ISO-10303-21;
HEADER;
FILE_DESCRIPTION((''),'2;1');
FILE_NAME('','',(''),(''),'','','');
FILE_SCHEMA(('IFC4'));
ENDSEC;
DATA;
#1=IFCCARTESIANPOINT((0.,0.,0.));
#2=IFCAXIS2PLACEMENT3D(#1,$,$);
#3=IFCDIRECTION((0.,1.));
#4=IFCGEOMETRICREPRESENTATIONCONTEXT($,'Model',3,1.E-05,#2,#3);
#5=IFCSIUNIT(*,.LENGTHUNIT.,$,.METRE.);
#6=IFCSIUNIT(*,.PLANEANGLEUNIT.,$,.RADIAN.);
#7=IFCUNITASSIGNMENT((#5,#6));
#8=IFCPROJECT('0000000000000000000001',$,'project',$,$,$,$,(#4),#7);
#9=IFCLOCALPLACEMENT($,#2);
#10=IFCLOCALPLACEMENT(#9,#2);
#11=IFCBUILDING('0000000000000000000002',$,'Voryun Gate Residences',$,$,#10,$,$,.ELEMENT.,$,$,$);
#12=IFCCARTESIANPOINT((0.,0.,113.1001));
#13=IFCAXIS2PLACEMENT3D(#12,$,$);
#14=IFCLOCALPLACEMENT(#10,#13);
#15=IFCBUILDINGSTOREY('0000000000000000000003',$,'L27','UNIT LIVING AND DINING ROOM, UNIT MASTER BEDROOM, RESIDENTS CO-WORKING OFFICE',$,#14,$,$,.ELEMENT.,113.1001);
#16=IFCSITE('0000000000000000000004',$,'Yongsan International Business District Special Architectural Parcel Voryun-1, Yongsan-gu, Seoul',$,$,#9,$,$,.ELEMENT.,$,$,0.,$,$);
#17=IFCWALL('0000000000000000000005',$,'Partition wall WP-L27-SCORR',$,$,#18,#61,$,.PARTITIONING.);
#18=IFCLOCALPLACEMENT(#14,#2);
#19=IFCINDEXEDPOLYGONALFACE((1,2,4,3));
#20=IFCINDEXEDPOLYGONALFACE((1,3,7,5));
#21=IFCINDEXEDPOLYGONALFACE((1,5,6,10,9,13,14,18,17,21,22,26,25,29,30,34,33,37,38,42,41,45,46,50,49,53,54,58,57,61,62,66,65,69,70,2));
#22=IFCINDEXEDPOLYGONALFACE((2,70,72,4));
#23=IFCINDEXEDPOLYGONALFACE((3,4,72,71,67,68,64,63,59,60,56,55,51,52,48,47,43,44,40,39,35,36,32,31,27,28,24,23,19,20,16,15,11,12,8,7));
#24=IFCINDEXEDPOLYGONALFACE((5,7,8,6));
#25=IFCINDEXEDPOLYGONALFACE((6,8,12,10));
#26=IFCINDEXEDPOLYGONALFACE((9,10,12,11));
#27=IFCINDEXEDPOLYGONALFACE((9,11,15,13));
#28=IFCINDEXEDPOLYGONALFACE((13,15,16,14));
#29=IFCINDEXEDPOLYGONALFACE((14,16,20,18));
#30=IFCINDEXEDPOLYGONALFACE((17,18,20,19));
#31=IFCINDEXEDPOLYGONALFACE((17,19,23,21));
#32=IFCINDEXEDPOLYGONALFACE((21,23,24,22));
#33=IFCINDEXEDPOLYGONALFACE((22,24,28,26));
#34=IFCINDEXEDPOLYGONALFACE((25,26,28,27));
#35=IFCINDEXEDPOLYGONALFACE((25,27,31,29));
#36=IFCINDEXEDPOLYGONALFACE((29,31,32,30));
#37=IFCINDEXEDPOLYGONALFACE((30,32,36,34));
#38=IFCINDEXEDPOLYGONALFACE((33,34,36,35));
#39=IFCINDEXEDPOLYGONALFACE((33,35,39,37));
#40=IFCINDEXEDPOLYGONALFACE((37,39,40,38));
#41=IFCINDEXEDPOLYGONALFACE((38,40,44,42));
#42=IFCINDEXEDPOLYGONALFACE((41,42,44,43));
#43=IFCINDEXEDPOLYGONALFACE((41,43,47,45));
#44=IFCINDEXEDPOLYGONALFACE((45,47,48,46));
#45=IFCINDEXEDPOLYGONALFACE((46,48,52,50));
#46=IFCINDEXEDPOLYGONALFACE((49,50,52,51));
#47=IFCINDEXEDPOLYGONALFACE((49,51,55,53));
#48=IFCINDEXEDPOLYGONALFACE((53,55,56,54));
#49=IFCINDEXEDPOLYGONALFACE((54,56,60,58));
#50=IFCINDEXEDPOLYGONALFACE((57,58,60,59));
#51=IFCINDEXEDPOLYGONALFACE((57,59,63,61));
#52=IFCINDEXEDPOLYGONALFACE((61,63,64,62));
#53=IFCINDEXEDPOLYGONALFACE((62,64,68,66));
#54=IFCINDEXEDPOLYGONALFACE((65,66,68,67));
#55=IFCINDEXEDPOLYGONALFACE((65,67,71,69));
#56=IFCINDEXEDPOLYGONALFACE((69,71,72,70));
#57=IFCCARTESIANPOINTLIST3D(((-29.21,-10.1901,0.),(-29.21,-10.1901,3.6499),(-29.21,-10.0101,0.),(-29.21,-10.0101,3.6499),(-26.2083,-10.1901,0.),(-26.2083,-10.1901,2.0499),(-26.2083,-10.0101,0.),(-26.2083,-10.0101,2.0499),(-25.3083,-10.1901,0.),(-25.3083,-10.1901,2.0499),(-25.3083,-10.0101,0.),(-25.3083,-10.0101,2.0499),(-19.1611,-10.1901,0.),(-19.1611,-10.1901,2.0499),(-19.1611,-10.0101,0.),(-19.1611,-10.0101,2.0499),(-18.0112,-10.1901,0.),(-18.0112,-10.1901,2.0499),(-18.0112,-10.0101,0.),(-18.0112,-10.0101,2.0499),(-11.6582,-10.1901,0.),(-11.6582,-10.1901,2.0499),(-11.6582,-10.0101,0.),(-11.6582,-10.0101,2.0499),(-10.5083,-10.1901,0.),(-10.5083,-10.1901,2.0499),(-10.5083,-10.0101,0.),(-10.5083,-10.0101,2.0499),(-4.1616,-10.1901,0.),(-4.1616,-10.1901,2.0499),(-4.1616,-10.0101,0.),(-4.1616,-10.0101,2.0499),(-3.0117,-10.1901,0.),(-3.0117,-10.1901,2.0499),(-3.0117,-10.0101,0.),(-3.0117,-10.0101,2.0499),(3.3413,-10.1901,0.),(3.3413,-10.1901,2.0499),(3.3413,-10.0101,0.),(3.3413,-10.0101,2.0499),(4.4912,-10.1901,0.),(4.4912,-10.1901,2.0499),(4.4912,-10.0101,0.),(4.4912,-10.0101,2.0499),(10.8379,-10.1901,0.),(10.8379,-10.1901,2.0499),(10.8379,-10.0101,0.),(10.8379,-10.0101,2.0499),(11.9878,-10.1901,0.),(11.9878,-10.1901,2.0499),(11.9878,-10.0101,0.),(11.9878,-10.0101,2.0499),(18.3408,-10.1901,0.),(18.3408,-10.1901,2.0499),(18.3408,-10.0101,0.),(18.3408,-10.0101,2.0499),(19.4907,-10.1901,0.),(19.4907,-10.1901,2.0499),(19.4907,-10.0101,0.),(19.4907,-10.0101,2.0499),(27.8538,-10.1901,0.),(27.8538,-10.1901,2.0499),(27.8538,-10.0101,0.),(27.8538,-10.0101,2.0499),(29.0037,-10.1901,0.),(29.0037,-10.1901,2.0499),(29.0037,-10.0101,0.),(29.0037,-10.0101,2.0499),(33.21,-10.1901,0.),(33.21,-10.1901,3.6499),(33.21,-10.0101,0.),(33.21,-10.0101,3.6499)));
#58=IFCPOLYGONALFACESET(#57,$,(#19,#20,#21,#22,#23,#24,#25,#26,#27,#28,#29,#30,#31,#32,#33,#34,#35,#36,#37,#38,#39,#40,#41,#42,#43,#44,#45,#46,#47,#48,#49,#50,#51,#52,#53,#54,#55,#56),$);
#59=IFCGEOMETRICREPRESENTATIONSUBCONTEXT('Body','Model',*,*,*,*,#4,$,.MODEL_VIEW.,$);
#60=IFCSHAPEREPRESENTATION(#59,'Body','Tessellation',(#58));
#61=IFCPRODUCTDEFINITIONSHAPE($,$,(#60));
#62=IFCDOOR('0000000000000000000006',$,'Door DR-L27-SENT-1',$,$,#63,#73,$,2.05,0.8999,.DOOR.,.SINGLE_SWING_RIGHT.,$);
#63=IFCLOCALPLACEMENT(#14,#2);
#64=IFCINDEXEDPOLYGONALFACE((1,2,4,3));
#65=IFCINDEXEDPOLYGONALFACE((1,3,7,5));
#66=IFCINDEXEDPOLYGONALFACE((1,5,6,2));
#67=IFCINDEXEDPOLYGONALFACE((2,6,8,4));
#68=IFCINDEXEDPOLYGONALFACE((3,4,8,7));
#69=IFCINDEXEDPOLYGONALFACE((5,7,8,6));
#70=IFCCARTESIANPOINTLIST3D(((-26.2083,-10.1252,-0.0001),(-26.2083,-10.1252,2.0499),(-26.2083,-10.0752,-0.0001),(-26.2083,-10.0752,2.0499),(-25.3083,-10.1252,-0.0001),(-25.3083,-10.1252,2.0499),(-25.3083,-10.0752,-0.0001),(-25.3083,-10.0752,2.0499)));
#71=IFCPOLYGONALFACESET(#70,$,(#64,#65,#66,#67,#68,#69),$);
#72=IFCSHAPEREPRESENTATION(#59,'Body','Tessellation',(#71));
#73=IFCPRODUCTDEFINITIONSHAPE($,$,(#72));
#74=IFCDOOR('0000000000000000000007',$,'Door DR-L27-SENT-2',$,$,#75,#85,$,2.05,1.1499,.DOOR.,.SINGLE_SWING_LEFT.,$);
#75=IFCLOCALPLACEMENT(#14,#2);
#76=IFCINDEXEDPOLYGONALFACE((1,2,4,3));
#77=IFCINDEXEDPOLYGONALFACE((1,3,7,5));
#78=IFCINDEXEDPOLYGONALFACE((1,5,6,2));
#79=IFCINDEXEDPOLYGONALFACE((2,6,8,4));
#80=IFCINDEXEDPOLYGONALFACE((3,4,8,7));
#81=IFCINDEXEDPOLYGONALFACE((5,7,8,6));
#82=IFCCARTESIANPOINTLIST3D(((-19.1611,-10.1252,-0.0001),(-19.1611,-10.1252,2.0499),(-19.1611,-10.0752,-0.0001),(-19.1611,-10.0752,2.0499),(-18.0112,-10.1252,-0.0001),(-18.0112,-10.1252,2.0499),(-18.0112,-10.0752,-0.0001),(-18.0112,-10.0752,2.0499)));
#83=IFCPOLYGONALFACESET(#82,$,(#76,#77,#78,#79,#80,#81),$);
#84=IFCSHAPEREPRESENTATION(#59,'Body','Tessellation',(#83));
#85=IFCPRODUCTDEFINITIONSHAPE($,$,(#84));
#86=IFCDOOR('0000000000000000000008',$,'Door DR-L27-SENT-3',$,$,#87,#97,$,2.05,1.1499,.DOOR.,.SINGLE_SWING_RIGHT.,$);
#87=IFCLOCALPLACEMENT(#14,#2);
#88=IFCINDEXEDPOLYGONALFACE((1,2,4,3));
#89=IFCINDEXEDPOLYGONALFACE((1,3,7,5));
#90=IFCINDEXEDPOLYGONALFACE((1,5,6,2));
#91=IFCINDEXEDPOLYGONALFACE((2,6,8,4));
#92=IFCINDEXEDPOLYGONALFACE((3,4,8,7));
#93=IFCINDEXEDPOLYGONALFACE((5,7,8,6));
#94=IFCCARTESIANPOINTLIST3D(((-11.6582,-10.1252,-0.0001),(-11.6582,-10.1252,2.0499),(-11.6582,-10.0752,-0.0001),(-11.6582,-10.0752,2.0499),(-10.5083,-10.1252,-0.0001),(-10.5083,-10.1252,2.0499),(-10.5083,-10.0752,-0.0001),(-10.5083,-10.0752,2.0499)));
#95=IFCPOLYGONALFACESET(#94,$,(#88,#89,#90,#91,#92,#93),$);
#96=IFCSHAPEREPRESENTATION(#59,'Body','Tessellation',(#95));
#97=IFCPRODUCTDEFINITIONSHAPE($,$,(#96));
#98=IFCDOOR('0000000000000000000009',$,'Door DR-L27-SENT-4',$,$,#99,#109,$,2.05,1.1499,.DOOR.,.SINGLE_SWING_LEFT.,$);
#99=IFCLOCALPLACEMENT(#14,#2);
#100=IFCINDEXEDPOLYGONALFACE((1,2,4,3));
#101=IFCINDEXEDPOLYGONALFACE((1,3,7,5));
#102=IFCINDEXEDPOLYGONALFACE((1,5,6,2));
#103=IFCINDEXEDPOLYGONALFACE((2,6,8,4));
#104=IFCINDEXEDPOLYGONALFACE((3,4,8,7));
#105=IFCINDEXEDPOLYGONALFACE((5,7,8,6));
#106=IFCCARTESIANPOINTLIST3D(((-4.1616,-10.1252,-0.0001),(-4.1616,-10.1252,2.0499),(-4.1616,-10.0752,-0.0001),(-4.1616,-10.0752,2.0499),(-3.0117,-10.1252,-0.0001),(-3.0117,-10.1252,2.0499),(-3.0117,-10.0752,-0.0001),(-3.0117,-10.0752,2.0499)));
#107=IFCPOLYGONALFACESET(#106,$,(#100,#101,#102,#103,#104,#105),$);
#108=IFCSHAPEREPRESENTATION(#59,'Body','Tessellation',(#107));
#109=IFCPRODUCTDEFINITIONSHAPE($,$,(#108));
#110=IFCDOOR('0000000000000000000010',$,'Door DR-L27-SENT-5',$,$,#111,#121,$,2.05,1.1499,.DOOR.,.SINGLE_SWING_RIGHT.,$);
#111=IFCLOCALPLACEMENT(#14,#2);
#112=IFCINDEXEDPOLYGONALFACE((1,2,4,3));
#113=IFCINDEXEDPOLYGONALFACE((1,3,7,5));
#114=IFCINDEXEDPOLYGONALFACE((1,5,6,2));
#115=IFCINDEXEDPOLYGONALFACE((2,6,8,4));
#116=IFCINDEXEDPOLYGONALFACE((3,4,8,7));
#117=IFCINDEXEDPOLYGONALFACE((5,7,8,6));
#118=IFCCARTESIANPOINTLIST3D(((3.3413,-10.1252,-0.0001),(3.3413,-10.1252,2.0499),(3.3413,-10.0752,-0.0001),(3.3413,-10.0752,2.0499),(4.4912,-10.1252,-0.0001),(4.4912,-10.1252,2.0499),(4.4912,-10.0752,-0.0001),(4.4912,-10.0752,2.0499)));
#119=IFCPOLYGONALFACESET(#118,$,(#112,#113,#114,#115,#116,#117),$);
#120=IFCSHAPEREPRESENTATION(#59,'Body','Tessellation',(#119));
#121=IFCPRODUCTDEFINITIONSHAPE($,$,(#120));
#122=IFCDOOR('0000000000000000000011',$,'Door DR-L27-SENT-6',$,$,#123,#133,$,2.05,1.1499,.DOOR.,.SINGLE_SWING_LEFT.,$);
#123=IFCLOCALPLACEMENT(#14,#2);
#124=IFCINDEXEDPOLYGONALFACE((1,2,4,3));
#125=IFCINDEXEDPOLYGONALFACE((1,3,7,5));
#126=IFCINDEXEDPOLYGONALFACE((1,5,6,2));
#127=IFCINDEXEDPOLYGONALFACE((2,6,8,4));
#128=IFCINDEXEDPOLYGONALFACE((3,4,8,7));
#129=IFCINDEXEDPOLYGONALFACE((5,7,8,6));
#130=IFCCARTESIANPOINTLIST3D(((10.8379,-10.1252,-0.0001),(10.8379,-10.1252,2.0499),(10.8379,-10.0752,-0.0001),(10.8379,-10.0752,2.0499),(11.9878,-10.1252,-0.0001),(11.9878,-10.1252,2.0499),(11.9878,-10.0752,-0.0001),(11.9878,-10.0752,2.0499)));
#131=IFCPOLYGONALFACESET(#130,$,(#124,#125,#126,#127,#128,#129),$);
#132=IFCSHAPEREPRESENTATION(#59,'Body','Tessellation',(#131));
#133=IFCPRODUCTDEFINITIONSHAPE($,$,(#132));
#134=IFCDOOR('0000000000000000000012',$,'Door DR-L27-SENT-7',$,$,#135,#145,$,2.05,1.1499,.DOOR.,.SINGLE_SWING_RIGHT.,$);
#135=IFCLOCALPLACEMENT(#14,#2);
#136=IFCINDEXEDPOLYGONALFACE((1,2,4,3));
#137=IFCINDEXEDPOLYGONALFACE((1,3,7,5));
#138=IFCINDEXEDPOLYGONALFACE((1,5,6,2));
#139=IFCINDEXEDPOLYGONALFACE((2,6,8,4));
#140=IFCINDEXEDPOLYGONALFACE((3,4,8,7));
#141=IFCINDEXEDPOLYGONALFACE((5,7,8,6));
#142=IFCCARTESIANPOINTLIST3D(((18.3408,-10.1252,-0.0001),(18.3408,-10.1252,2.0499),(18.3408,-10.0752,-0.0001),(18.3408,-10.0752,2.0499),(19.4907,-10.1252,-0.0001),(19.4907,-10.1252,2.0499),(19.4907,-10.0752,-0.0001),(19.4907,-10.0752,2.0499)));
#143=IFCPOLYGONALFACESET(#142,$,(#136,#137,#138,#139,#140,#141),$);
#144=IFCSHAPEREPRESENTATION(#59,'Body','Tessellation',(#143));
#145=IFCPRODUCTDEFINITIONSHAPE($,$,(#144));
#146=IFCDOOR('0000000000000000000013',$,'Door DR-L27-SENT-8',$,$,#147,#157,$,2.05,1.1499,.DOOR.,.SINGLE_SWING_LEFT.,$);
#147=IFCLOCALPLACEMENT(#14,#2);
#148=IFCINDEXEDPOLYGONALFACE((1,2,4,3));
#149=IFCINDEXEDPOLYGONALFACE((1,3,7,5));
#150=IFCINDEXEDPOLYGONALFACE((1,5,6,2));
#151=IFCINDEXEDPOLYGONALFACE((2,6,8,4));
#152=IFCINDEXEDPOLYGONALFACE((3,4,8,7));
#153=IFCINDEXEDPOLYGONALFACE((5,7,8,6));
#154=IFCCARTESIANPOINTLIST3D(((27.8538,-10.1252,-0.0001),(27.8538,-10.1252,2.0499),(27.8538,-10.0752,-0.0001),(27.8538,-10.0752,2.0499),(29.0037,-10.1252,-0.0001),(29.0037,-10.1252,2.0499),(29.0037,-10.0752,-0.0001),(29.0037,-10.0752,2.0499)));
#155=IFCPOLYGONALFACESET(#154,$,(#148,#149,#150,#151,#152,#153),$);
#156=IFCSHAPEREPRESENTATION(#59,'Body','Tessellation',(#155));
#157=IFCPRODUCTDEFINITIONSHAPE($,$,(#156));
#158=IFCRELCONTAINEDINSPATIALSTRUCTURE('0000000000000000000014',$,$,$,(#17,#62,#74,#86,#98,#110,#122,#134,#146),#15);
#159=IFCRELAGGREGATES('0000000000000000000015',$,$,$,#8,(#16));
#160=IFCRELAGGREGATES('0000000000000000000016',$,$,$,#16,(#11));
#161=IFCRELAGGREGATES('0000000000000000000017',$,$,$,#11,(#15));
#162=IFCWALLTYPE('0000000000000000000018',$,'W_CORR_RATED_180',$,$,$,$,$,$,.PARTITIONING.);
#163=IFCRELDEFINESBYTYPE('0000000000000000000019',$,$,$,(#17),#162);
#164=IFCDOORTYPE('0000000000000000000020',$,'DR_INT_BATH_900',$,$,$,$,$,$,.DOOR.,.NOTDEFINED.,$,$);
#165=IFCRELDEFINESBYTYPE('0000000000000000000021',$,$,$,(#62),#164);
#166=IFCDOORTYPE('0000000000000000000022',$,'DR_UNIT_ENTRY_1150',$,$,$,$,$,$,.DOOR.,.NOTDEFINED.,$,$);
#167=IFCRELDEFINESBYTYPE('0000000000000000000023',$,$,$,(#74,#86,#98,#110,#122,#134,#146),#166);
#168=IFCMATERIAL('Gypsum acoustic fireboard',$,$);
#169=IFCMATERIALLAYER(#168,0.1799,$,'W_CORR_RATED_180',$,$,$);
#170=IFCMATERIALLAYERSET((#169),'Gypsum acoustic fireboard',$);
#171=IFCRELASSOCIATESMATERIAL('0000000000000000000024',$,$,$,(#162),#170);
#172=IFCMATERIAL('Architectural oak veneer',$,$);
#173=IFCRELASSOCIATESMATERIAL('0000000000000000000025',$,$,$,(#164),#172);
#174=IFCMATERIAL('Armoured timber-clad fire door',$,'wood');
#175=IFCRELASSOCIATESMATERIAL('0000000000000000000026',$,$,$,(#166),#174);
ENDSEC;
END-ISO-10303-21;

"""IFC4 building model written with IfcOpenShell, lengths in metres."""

from ifc_helpers import new_model, si_unit, direction, frame, frame_2d, origin, place, context, subcontext, project, spatial, rectangle, extrude, material, layer, layer_set, type_object, element, fill, save


model = new_model("IFC4")

# Units and contexts
model_context = context("Model", 3, precision=1e-05, world=origin(), true_north=direction((0.0, 1.0)))
body_context = subcontext(model_context, "Body", "Model", "MODEL_VIEW")
ifc_project = project(units=[si_unit("LENGTHUNIT", "METRE"), si_unit("PLANEANGLEUNIT", "RADIAN")], contexts=[model_context])

# Site, building, storey
site_placement = place(None, origin())
site = spatial("IfcSite", under=ifc_project, at=site_placement, Name="Yongsan International Business District Special Architectural Parcel Voryun-1, Yongsan-gu, Seoul", CompositionType="ELEMENT", RefElevation=0.0)
building_placement = place(site_placement, origin())
building = spatial("IfcBuilding", under=site, at=building_placement, Name="Voryun Gate Residences", CompositionType="ELEMENT")
storey_placement = place(building_placement, frame((0.0, 0.0, 113.1001)))
storey = spatial("IfcBuildingStorey", under=building, at=storey_placement, Name="L27", Description="UNIT LIVING AND DINING ROOM, UNIT MASTER BEDROOM, RESIDENTS CO-WORKING OFFICE", CompositionType="ELEMENT", Elevation=113.1001)

# Shared definitions
ifc_material_1 = material(Name="Gypsum acoustic fireboard")
ifc_layer_1 = layer(ifc_material_1, 0.1799, Name="W_CORR_RATED_180")
ifc_layer_set_1 = layer_set([ifc_layer_1], Name="Gypsum acoustic fireboard")
wall_type_1 = type_object("IfcWallType", Name="W_CORR_RATED_180", PredefinedType="PARTITIONING", material=ifc_layer_set_1)

# Wall, openings, doors
wall_1_placement = place(storey_placement, frame((-29.21, -10.1001, 0.0), z_axis=(0.0, 0.0, 1.0), x_axis=(1.0, 0.0, 0.0)))
wall_1 = element("IfcWall", 1, at=wall_1_placement, inside=storey, type_object=wall_type_1, Name="Partition wall WP-L27-SCORR", PredefinedType="PARTITIONING", context=body_context, shape_type="SweptSolid", body=[
    extrude(rectangle(XDim=62.4199, YDim=0.1799, at=frame_2d((31.21, 0.0))), origin(), (0.0, 0.0, 1.0), 3.6499),
])
opening_1_placement = place(wall_1_placement, frame((3.0017, 0.0, 0.0)))
opening_1 = element("IfcOpeningElement", 2, at=opening_1_placement, cuts=wall_1, PredefinedType="OPENING", context=body_context, shape_type="SweptSolid", body=[
    extrude(rectangle(XDim=0.8999, YDim=2.05, at=frame_2d((0.45, 1.0249))), frame((0.0, 0.0999, 0.0), z_axis=(0.0, -1.0, 0.0), x_axis=(1.0, 0.0, 0.0)), (0.0, 0.0, 1.0), 0.2),
])
opening_2_placement = place(wall_1_placement, frame((10.0488, 0.0, 0.0)))
opening_2 = element("IfcOpeningElement", 3, at=opening_2_placement, cuts=wall_1, PredefinedType="OPENING", context=body_context, shape_type="SweptSolid", body=[
    extrude(rectangle(XDim=1.1499, YDim=2.05, at=frame_2d((0.575, 1.0249))), frame((0.0, 0.0999, 0.0), z_axis=(0.0, -1.0, 0.0), x_axis=(1.0, 0.0, 0.0)), (0.0, 0.0, 1.0), 0.2),
])
opening_3_placement = place(wall_1_placement, frame((17.5518, 0.0, 0.0)))
opening_3 = element("IfcOpeningElement", 4, at=opening_3_placement, cuts=wall_1, PredefinedType="OPENING", context=body_context, shape_type="SweptSolid", body=[
    extrude(rectangle(XDim=1.1499, YDim=2.05, at=frame_2d((0.575, 1.0249))), frame((0.0, 0.0999, 0.0), z_axis=(0.0, -1.0, 0.0), x_axis=(1.0, 0.0, 0.0)), (0.0, 0.0, 1.0), 0.2),
])
opening_4_placement = place(wall_1_placement, frame((25.0483, 0.0, 0.0)))
opening_4 = element("IfcOpeningElement", 5, at=opening_4_placement, cuts=wall_1, PredefinedType="OPENING", context=body_context, shape_type="SweptSolid", body=[
    extrude(rectangle(XDim=1.1499, YDim=2.05, at=frame_2d((0.575, 1.0249))), frame((0.0, 0.0999, 0.0), z_axis=(0.0, -1.0, 0.0), x_axis=(1.0, 0.0, 0.0)), (0.0, 0.0, 1.0), 0.2),
])
opening_5_placement = place(wall_1_placement, frame((32.5513, 0.0, 0.0)))
opening_5 = element("IfcOpeningElement", 6, at=opening_5_placement, cuts=wall_1, PredefinedType="OPENING", context=body_context, shape_type="SweptSolid", body=[
    extrude(rectangle(XDim=1.1499, YDim=2.05, at=frame_2d((0.575, 1.0249))), frame((0.0, 0.0999, 0.0), z_axis=(0.0, -1.0, 0.0), x_axis=(1.0, 0.0, 0.0)), (0.0, 0.0, 1.0), 0.2),
])
opening_6_placement = place(wall_1_placement, frame((40.0479, 0.0, 0.0)))
opening_6 = element("IfcOpeningElement", 7, at=opening_6_placement, cuts=wall_1, PredefinedType="OPENING", context=body_context, shape_type="SweptSolid", body=[
    extrude(rectangle(XDim=1.1499, YDim=2.05, at=frame_2d((0.575, 1.0249))), frame((0.0, 0.0999, 0.0), z_axis=(0.0, -1.0, 0.0), x_axis=(1.0, 0.0, 0.0)), (0.0, 0.0, 1.0), 0.2),
])
opening_7_placement = place(wall_1_placement, frame((47.5508, 0.0, 0.0)))
opening_7 = element("IfcOpeningElement", 8, at=opening_7_placement, cuts=wall_1, PredefinedType="OPENING", context=body_context, shape_type="SweptSolid", body=[
    extrude(rectangle(XDim=1.1499, YDim=2.05, at=frame_2d((0.575, 1.0249))), frame((0.0, 0.0999, 0.0), z_axis=(0.0, -1.0, 0.0), x_axis=(1.0, 0.0, 0.0)), (0.0, 0.0, 1.0), 0.2),
])
opening_8_placement = place(wall_1_placement, frame((57.0637, 0.0, 0.0)))
opening_8 = element("IfcOpeningElement", 9, at=opening_8_placement, cuts=wall_1, PredefinedType="OPENING", context=body_context, shape_type="SweptSolid", body=[
    extrude(rectangle(XDim=1.1499, YDim=2.05, at=frame_2d((0.575, 1.0249))), frame((0.0, 0.0999, 0.0), z_axis=(0.0, -1.0, 0.0), x_axis=(1.0, 0.0, 0.0)), (0.0, 0.0, 1.0), 0.2),
])
ifc_material_2 = material(Name="Architectural oak veneer")
door_type_1 = type_object("IfcDoorType", Name="DR_INT_BATH_900", OperationType="NOTDEFINED", PredefinedType="DOOR", material=ifc_material_2)
door_1_placement = place(opening_1_placement, origin())
door_1 = element("IfcDoor", 10, at=door_1_placement, inside=storey, type_object=door_type_1, Name="Door DR-L27-SENT-1", OperationType="SINGLE_SWING_RIGHT", OverallHeight=2.05, OverallWidth=0.8999, PredefinedType="DOOR", context=body_context, shape_type="SweptSolid", body=[
    extrude(rectangle(XDim=0.8999, YDim=2.05, at=frame_2d((0.45, 1.0249))), frame((0.0, 0.0249, 0.0), z_axis=(0.0, -1.0, 0.0), x_axis=(1.0, 0.0, 0.0)), (0.0, 0.0, 1.0), 0.05),
])
fill(opening_1, door_1)
ifc_material_3 = material(Name="Armoured timber-clad fire door", Category="wood")
door_type_2 = type_object("IfcDoorType", Name="DR_UNIT_ENTRY_1150", OperationType="NOTDEFINED", PredefinedType="DOOR", material=ifc_material_3)
door_2_placement = place(opening_2_placement, origin())
door_2 = element("IfcDoor", 11, at=door_2_placement, inside=storey, type_object=door_type_2, Name="Door DR-L27-SENT-2", OperationType="SINGLE_SWING_LEFT", OverallHeight=2.05, OverallWidth=1.1499, PredefinedType="DOOR", context=body_context, shape_type="SweptSolid", body=[
    extrude(rectangle(XDim=1.1499, YDim=2.05, at=frame_2d((0.575, 1.0249))), frame((0.0, 0.0249, 0.0), z_axis=(0.0, -1.0, 0.0), x_axis=(1.0, 0.0, 0.0)), (0.0, 0.0, 1.0), 0.05),
])
fill(opening_2, door_2)
door_3_placement = place(opening_3_placement, origin())
door_3 = element("IfcDoor", 12, at=door_3_placement, inside=storey, type_object=door_type_2, Name="Door DR-L27-SENT-3", OperationType="SINGLE_SWING_RIGHT", OverallHeight=2.05, OverallWidth=1.1499, PredefinedType="DOOR", context=body_context, shape_type="SweptSolid", body=[
    extrude(rectangle(XDim=1.1499, YDim=2.05, at=frame_2d((0.575, 1.0249))), frame((0.0, 0.0249, 0.0), z_axis=(0.0, -1.0, 0.0), x_axis=(1.0, 0.0, 0.0)), (0.0, 0.0, 1.0), 0.05),
])
fill(opening_3, door_3)
door_4_placement = place(opening_4_placement, origin())
door_4 = element("IfcDoor", 13, at=door_4_placement, inside=storey, type_object=door_type_2, Name="Door DR-L27-SENT-4", OperationType="SINGLE_SWING_LEFT", OverallHeight=2.05, OverallWidth=1.1499, PredefinedType="DOOR", context=body_context, shape_type="SweptSolid", body=[
    extrude(rectangle(XDim=1.1499, YDim=2.05, at=frame_2d((0.575, 1.0249))), frame((0.0, 0.0249, 0.0), z_axis=(0.0, -1.0, 0.0), x_axis=(1.0, 0.0, 0.0)), (0.0, 0.0, 1.0), 0.05),
])
fill(opening_4, door_4)
door_5_placement = place(opening_5_placement, origin())
door_5 = element("IfcDoor", 14, at=door_5_placement, inside=storey, type_object=door_type_2, Name="Door DR-L27-SENT-5", OperationType="SINGLE_SWING_RIGHT", OverallHeight=2.05, OverallWidth=1.1499, PredefinedType="DOOR", context=body_context, shape_type="SweptSolid", body=[
    extrude(rectangle(XDim=1.1499, YDim=2.05, at=frame_2d((0.575, 1.0249))), frame((0.0, 0.0249, 0.0), z_axis=(0.0, -1.0, 0.0), x_axis=(1.0, 0.0, 0.0)), (0.0, 0.0, 1.0), 0.05),
])
fill(opening_5, door_5)
door_6_placement = place(opening_6_placement, origin())
door_6 = element("IfcDoor", 15, at=door_6_placement, inside=storey, type_object=door_type_2, Name="Door DR-L27-SENT-6", OperationType="SINGLE_SWING_LEFT", OverallHeight=2.05, OverallWidth=1.1499, PredefinedType="DOOR", context=body_context, shape_type="SweptSolid", body=[
    extrude(rectangle(XDim=1.1499, YDim=2.05, at=frame_2d((0.575, 1.0249))), frame((0.0, 0.0249, 0.0), z_axis=(0.0, -1.0, 0.0), x_axis=(1.0, 0.0, 0.0)), (0.0, 0.0, 1.0), 0.05),
])
fill(opening_6, door_6)
door_7_placement = place(opening_7_placement, origin())
door_7 = element("IfcDoor", 16, at=door_7_placement, inside=storey, type_object=door_type_2, Name="Door DR-L27-SENT-7", OperationType="SINGLE_SWING_RIGHT", OverallHeight=2.05, OverallWidth=1.1499, PredefinedType="DOOR", context=body_context, shape_type="SweptSolid", body=[
    extrude(rectangle(XDim=1.1499, YDim=2.05, at=frame_2d((0.575, 1.0249))), frame((0.0, 0.0249, 0.0), z_axis=(0.0, -1.0, 0.0), x_axis=(1.0, 0.0, 0.0)), (0.0, 0.0, 1.0), 0.05),
])
fill(opening_7, door_7)
door_8_placement = place(opening_8_placement, origin())
door_8 = element("IfcDoor", 17, at=door_8_placement, inside=storey, type_object=door_type_2, Name="Door DR-L27-SENT-8", OperationType="SINGLE_SWING_LEFT", OverallHeight=2.05, OverallWidth=1.1499, PredefinedType="DOOR", context=body_context, shape_type="SweptSolid", body=[
    extrude(rectangle(XDim=1.1499, YDim=2.05, at=frame_2d((0.575, 1.0249))), frame((0.0, 0.0249, 0.0), z_axis=(0.0, -1.0, 0.0), x_axis=(1.0, 0.0, 0.0)), (0.0, 0.0, 1.0), 0.05),
])
fill(opening_8, door_8)

save(model, "model.ifc")
